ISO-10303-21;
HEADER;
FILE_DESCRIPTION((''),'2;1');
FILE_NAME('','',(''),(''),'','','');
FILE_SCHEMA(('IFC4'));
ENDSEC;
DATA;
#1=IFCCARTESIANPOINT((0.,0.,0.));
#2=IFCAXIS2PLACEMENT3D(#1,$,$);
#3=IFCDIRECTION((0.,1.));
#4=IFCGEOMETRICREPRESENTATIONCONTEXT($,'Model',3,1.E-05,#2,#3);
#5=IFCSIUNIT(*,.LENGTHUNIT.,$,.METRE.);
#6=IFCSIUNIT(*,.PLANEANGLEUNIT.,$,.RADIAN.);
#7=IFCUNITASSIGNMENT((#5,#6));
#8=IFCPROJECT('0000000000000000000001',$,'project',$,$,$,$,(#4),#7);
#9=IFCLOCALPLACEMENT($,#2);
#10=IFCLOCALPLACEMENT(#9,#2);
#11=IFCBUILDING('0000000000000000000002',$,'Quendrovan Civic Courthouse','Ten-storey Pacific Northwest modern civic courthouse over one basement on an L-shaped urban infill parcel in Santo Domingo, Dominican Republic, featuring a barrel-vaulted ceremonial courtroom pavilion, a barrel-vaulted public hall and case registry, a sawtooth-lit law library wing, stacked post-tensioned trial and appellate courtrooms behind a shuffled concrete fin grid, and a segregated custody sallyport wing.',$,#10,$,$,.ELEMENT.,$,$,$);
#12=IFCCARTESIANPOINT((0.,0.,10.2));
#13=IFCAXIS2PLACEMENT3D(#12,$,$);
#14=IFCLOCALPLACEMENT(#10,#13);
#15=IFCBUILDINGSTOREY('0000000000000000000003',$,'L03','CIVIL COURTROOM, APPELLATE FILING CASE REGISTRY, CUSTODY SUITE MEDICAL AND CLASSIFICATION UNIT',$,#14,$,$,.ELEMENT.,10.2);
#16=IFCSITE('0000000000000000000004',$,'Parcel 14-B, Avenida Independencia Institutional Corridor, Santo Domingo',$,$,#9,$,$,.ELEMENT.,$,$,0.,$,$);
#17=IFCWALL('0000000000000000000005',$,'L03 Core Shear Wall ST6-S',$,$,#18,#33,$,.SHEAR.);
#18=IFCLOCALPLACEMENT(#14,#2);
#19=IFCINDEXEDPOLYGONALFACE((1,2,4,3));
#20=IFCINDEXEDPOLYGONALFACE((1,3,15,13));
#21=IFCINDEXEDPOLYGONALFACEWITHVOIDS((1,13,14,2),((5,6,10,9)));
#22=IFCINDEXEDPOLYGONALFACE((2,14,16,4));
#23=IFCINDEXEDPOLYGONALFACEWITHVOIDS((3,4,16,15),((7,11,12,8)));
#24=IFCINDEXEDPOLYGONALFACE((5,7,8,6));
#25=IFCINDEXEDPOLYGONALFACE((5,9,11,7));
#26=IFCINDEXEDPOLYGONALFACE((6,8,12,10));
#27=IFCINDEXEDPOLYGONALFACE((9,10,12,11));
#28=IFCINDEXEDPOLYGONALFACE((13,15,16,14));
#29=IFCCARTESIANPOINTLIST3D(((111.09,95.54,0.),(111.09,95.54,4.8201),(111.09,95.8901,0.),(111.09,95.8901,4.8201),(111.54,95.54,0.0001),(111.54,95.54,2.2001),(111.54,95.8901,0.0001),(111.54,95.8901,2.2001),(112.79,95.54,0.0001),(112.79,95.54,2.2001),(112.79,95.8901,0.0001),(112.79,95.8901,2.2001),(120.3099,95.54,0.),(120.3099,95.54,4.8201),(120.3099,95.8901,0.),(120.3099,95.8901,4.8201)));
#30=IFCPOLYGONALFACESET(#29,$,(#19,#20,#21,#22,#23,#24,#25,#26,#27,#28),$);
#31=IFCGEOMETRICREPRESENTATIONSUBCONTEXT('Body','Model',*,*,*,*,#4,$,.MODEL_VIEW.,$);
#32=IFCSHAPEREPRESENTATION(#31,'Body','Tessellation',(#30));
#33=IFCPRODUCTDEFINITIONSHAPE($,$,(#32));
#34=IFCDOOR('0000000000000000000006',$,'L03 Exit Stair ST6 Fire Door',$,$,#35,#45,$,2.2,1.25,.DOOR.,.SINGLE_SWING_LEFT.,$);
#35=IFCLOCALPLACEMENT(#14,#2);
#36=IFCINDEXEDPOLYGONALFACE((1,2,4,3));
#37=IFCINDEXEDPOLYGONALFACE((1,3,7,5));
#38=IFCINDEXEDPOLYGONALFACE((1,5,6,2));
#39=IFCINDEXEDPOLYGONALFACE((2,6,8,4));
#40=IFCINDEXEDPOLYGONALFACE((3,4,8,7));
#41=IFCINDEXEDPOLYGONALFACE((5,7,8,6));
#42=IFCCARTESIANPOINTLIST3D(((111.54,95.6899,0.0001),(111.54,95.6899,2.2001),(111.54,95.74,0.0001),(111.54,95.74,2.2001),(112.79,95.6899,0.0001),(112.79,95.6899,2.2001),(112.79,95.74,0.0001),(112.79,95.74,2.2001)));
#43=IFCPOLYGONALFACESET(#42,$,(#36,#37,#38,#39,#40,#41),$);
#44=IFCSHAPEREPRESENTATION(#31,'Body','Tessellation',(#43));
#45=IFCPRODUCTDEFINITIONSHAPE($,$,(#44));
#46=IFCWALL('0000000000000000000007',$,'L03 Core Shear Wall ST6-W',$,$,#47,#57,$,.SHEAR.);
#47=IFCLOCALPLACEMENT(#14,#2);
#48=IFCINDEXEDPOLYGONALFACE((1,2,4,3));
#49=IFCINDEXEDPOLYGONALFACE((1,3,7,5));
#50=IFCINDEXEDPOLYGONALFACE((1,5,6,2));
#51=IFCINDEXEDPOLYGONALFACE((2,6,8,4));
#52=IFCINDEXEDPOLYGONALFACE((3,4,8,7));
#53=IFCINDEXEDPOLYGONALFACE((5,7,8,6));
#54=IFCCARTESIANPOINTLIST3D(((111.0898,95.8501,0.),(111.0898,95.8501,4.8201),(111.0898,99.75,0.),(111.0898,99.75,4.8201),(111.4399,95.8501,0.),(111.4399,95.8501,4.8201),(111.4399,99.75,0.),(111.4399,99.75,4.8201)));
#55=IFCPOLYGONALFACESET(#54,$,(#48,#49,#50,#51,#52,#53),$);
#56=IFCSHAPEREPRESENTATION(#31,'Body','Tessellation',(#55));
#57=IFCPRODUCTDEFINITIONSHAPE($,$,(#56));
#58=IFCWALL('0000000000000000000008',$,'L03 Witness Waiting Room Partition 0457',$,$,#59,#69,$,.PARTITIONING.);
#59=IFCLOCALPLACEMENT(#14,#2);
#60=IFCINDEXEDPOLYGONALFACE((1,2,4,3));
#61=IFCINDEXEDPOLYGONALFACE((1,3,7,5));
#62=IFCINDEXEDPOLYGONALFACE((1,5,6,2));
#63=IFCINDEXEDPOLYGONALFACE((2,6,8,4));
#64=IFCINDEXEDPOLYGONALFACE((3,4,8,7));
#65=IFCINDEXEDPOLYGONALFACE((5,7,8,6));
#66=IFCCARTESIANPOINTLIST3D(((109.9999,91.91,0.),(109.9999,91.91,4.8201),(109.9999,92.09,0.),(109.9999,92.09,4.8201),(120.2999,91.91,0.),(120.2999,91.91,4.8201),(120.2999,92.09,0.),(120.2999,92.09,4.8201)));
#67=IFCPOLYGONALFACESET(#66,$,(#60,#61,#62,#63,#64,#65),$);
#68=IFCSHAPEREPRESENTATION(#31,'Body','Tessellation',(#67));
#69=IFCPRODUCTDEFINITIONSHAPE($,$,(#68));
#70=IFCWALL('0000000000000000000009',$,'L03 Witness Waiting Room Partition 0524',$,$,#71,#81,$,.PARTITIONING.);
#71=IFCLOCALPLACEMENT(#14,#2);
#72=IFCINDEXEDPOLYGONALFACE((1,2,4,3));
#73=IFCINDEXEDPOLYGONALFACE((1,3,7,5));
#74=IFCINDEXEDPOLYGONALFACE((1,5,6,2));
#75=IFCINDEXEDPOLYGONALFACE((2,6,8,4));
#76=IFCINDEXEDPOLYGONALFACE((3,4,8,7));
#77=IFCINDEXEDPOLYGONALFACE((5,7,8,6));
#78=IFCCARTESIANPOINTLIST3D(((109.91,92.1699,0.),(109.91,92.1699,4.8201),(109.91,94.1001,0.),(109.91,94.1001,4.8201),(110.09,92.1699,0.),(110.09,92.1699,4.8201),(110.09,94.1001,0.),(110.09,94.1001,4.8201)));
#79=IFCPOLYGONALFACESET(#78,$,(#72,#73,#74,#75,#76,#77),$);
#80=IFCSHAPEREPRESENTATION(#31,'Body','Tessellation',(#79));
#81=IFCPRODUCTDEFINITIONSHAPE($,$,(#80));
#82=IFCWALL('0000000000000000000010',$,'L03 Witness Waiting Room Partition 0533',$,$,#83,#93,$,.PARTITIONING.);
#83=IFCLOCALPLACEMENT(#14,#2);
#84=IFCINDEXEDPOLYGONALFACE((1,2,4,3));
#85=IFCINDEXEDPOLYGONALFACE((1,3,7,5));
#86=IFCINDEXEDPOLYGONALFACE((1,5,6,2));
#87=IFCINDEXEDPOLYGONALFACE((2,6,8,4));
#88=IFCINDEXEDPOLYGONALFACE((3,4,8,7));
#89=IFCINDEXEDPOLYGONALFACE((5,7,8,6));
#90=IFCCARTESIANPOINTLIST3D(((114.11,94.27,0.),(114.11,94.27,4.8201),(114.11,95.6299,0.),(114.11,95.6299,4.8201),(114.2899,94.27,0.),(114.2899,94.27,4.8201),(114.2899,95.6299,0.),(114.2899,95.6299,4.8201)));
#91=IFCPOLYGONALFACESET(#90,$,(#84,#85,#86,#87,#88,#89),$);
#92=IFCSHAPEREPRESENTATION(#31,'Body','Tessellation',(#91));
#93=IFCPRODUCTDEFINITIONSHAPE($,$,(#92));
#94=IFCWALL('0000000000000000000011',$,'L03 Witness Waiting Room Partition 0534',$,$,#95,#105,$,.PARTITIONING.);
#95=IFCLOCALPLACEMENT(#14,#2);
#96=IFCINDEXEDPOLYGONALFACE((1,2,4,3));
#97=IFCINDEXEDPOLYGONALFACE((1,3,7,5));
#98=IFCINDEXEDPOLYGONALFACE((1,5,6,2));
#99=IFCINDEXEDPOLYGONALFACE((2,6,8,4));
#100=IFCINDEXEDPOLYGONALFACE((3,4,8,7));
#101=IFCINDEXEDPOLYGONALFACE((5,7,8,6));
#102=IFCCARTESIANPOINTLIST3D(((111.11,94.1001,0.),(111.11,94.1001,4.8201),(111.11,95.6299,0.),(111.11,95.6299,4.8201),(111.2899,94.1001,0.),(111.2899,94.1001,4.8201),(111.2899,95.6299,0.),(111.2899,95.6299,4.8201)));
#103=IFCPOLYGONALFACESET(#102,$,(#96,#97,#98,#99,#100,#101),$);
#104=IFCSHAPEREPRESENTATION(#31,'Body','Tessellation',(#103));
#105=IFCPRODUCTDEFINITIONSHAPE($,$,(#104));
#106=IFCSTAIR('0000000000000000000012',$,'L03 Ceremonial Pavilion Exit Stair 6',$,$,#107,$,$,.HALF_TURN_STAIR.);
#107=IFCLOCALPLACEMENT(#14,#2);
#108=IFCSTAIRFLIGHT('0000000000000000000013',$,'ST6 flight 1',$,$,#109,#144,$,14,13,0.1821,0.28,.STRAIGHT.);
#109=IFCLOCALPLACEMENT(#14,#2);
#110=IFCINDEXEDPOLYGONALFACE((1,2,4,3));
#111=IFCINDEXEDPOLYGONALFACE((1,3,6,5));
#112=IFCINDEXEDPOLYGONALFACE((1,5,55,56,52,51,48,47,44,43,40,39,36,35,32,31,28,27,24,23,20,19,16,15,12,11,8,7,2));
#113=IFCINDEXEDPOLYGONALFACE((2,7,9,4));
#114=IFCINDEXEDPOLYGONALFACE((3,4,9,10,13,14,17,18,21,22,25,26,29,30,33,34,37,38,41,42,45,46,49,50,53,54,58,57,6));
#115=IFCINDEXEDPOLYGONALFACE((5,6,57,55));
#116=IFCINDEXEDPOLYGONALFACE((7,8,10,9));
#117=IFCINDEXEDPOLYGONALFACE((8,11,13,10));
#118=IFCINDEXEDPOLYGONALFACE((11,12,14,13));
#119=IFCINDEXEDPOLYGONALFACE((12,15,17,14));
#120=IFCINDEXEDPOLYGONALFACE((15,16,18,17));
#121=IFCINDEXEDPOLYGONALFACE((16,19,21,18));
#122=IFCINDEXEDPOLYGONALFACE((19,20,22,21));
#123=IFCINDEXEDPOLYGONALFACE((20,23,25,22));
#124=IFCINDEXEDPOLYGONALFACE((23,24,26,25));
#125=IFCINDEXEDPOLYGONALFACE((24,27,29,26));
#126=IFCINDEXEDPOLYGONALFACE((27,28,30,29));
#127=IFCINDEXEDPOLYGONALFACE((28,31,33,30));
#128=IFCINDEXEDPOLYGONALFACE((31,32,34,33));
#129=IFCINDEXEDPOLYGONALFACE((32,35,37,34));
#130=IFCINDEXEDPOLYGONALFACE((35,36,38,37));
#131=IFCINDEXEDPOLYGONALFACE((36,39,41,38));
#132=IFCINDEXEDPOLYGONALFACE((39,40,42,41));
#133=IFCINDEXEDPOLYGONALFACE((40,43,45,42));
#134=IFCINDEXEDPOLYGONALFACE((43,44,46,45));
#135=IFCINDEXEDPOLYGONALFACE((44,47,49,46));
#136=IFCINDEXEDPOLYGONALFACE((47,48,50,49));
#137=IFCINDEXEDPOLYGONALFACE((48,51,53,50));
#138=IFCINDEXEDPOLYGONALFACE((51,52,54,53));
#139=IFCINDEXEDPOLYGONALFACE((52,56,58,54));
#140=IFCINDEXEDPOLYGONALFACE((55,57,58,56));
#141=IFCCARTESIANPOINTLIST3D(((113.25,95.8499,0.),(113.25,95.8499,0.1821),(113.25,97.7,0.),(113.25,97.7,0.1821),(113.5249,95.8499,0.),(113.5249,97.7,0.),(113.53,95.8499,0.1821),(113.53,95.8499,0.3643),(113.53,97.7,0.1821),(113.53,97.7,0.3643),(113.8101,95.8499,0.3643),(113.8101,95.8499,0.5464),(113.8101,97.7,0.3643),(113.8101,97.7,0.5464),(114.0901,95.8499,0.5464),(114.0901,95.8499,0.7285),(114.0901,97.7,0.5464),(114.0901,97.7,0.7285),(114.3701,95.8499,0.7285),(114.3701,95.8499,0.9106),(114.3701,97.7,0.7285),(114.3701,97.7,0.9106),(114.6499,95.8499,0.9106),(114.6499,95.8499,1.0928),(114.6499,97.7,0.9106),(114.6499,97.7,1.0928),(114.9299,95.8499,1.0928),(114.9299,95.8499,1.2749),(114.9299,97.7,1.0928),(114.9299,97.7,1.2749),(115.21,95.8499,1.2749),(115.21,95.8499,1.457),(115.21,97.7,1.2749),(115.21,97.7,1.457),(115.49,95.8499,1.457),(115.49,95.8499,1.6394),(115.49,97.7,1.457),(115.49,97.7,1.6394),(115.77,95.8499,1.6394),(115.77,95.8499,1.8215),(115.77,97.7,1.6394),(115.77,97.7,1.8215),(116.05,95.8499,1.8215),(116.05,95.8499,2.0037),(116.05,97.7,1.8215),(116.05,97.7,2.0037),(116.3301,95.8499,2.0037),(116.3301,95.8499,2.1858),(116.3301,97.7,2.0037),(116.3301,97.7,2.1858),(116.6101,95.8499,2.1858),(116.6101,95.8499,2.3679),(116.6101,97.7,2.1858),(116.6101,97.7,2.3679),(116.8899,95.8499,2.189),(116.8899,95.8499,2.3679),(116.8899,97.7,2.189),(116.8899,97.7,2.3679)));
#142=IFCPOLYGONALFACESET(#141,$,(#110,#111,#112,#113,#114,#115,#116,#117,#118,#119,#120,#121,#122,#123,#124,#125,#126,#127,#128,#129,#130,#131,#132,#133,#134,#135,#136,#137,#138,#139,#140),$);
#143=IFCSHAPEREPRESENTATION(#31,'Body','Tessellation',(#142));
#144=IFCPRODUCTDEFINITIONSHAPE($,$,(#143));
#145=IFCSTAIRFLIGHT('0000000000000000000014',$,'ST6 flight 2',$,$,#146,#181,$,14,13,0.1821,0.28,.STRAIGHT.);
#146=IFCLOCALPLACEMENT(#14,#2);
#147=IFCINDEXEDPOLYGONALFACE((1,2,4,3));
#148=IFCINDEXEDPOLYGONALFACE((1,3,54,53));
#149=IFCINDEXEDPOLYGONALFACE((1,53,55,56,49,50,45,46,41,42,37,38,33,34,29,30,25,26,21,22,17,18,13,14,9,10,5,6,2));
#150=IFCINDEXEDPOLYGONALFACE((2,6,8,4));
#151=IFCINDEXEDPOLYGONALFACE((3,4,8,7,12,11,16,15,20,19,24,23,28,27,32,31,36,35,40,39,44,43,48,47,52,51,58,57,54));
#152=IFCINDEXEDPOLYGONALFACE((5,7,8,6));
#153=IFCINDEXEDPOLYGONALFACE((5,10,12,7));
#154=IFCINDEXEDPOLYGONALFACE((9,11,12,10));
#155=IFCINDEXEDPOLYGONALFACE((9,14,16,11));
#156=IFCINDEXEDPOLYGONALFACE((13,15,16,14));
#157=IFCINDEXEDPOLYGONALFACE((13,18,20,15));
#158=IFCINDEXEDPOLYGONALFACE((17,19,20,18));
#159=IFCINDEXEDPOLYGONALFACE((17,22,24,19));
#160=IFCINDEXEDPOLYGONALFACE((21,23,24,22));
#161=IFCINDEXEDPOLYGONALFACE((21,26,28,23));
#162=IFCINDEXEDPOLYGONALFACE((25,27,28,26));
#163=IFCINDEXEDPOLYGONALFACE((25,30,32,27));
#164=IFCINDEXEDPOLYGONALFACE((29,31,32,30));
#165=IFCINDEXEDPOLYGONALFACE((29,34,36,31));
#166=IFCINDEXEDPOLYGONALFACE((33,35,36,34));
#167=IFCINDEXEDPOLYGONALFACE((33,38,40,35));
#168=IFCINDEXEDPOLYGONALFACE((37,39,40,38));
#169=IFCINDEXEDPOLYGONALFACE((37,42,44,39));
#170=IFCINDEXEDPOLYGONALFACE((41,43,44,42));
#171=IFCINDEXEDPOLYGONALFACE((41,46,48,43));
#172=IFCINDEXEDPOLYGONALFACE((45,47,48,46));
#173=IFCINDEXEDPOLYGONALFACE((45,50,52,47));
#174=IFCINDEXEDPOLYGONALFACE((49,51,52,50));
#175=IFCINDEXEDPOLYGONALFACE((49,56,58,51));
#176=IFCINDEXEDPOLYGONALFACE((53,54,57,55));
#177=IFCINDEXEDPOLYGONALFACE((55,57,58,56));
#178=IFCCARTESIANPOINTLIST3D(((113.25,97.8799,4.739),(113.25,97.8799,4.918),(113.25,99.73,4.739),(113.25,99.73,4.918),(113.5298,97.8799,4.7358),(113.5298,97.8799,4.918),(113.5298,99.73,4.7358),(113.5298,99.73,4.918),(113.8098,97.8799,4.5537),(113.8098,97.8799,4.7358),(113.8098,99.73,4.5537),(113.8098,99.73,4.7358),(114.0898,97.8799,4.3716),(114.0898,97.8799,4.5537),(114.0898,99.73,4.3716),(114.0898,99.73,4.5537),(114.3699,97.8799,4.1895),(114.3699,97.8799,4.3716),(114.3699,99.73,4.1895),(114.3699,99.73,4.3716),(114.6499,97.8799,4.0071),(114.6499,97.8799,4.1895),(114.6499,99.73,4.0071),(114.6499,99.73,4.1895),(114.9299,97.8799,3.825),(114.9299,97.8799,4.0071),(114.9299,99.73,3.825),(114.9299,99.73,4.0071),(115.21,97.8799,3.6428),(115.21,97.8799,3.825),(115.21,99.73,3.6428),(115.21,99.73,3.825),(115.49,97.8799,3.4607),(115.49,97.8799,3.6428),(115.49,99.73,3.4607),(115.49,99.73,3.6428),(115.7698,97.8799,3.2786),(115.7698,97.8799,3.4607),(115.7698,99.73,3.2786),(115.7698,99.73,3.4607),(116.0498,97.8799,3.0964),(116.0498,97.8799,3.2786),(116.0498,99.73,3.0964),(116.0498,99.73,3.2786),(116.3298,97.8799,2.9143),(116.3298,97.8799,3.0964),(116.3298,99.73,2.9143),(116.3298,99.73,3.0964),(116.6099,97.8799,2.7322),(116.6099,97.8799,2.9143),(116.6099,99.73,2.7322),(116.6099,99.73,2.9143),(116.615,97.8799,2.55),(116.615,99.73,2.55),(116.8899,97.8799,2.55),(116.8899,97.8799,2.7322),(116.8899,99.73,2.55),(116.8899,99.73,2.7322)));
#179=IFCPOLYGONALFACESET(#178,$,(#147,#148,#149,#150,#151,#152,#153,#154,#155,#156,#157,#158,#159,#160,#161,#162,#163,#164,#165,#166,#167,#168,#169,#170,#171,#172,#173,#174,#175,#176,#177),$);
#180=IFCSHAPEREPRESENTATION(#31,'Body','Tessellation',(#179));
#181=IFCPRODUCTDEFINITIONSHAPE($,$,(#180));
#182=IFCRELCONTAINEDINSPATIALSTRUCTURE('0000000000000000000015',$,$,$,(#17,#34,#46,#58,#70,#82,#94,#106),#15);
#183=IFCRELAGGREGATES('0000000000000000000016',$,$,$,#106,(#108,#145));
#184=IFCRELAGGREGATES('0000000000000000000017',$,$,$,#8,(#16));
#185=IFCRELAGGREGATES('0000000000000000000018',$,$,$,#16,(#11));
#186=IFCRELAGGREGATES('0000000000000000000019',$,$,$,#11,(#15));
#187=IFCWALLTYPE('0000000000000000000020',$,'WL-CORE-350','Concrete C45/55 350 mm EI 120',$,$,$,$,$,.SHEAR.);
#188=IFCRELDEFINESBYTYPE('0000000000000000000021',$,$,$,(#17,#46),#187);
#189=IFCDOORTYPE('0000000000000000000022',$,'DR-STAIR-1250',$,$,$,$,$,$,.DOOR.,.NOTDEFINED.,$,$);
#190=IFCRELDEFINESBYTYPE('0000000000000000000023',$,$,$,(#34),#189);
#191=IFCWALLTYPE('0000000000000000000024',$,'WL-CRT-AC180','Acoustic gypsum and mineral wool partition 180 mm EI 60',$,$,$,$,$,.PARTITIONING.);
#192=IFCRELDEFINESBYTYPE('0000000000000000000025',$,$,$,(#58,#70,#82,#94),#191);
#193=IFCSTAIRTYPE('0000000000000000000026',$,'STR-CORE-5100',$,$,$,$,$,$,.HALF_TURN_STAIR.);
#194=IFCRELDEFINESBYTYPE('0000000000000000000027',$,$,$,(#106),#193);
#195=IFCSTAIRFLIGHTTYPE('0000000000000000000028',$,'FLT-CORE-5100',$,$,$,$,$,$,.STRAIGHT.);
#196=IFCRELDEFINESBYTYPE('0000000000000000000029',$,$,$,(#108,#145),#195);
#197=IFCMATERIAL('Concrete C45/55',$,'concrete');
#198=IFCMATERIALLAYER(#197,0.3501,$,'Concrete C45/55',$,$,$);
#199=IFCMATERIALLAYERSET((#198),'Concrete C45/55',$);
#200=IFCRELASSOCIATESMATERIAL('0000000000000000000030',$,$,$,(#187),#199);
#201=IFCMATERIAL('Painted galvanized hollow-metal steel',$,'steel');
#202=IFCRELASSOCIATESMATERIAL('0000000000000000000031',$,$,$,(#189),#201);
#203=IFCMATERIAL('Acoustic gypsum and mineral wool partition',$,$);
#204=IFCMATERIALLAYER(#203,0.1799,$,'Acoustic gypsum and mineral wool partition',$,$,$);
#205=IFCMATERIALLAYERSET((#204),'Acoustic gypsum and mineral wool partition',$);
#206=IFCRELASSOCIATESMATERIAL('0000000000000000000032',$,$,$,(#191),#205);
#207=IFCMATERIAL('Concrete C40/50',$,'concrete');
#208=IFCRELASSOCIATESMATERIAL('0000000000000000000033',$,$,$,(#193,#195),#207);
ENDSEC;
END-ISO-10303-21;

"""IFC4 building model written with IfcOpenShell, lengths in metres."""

from ifc_helpers import new_model, si_unit, direction, frame, frame_2d, origin, place, context, subcontext, project, spatial, polyline, rectangle, outline, extrude, material, layer, layer_set, type_object, element, fill, aggregate, save


model = new_model("IFC4")

# Units and contexts
model_context = context("Model", 3, precision=1e-05, world=origin(), true_north=direction((0.0, 1.0)))
body_context = subcontext(model_context, "Body", "Model", "MODEL_VIEW")
ifc_project = project(units=[si_unit("LENGTHUNIT", "METRE"), si_unit("PLANEANGLEUNIT", "RADIAN")], contexts=[model_context])

# Site, building, storey
site_placement = place(None, origin())
site = spatial("IfcSite", under=ifc_project, at=site_placement, Name="Parcel 14-B, Avenida Independencia Institutional Corridor, Santo Domingo", CompositionType="ELEMENT", RefElevation=0.0)
building_placement = place(site_placement, origin())
building = spatial("IfcBuilding", under=site, at=building_placement, Name="Quendrovan Civic Courthouse", Description="Ten-storey Pacific Northwest modern civic courthouse over one basement on an L-shaped urban infill parcel in Santo Domingo, Dominican Republic, featuring a barrel-vaulted ceremonial courtroom pavilion, a barrel-vaulted public hall and case registry, a sawtooth-lit law library wing, stacked post-tensioned trial and appellate courtrooms behind a shuffled concrete fin grid, and a segregated custody sallyport wing.", CompositionType="ELEMENT")
storey_placement = place(building_placement, frame((0.0, 0.0, 10.2)))
storey = spatial("IfcBuildingStorey", under=building, at=storey_placement, Name="L03", Description="CIVIL COURTROOM, APPELLATE FILING CASE REGISTRY, CUSTODY SUITE MEDICAL AND CLASSIFICATION UNIT", CompositionType="ELEMENT", Elevation=10.2)

# Shared definitions
ifc_material_1 = material(Name="Concrete C45/55", Category="concrete")

# Shared definitions
ifc_material_2 = material(Name="Concrete C40/50", Category="concrete")

# Wall, opening, door
ifc_layer_1 = layer(ifc_material_1, 0.3501, Name="Concrete C45/55")
ifc_layer_set_1 = layer_set([ifc_layer_1], Name="Concrete C45/55")
wall_type_1 = type_object("IfcWallType", Name="WL-CORE-350", Description="Concrete C45/55 350 mm EI 120", PredefinedType="SHEAR", material=ifc_layer_set_1)
wall_1_placement = place(storey_placement, frame((111.0901, 95.7151, 0.0), z_axis=(0.0, 0.0, 1.0), x_axis=(1.0, 0.0, 0.0)))
wall_1 = element("IfcWall", 1, at=wall_1_placement, inside=storey, type_object=wall_type_1, Name="L03 Core Shear Wall ST6-S", PredefinedType="SHEAR", context=body_context, shape_type="SweptSolid", body=[
    extrude(rectangle(XDim=9.22, YDim=0.3501, at=frame_2d((4.6099, 0.0))), origin(), (0.0, 0.0, 1.0), 4.8201),
])
opening_placement = place(wall_1_placement, frame((0.45, 0.0, 0.0)))
opening = element("IfcOpeningElement", 2, at=opening_placement, cuts=wall_1, PredefinedType="OPENING", context=body_context, shape_type="SweptSolid", body=[
    extrude(rectangle(XDim=1.25, YDim=2.2, at=frame_2d((0.625, 1.1001))), frame((0.0, 0.1851, 0.0), z_axis=(0.0, -1.0, 0.0), x_axis=(1.0, 0.0, 0.0)), (0.0, 0.0, 1.0), 0.3701),
])
ifc_material_3 = material(Name="Painted galvanized hollow-metal steel", Category="steel")
door_type = type_object("IfcDoorType", Name="DR-STAIR-1250", OperationType="NOTDEFINED", PredefinedType="DOOR", material=ifc_material_3)
door_placement = place(opening_placement, origin())
door = element("IfcDoor", 3, at=door_placement, inside=storey, type_object=door_type, Name="L03 Exit Stair ST6 Fire Door", OperationType="SINGLE_SWING_LEFT", OverallHeight=2.2, OverallWidth=1.25, PredefinedType="DOOR", context=body_context, shape_type="SweptSolid", body=[
    extrude(rectangle(XDim=1.25, YDim=2.2, at=frame_2d((0.625, 1.1001))), frame((0.0, 0.0249, 0.0), z_axis=(0.0, -1.0, 0.0), x_axis=(1.0, 0.0, 0.0)), (0.0, 0.0, 1.0), 0.05),
])
fill(opening, door)

# Walls
wall_2_placement = place(storey_placement, frame((111.2649, 95.8501, 0.0), z_axis=(0.0, 0.0, 1.0), x_axis=(0.0, 1.0, 0.0)))
element("IfcWall", 4, at=wall_2_placement, inside=storey, type_object=wall_type_1, Name="L03 Core Shear Wall ST6-W", PredefinedType="SHEAR", context=body_context, shape_type="SweptSolid", body=[
    extrude(rectangle(XDim=3.8999, YDim=0.3501, at=frame_2d((1.95, 0.0))), origin(), (0.0, 0.0, 1.0), 4.8201),
])
ifc_material_4 = material(Name="Acoustic gypsum and mineral wool partition")
ifc_layer_2 = layer(ifc_material_4, 0.1799, Name="Acoustic gypsum and mineral wool partition")
ifc_layer_set_2 = layer_set([ifc_layer_2], Name="Acoustic gypsum and mineral wool partition")
wall_type_2 = type_object("IfcWallType", Name="WL-CRT-AC180", Description="Acoustic gypsum and mineral wool partition 180 mm EI 60", PredefinedType="PARTITIONING", material=ifc_layer_set_2)
wall_3_placement = place(storey_placement, frame((110.0, 92.0, 0.0), z_axis=(0.0, 0.0, 1.0), x_axis=(1.0, 0.0, 0.0)))
element("IfcWall", 5, at=wall_3_placement, inside=storey, type_object=wall_type_2, Name="L03 Witness Waiting Room Partition 0457", PredefinedType="PARTITIONING", context=body_context, shape_type="SweptSolid", body=[
    extrude(rectangle(XDim=10.3, YDim=0.1799, at=frame_2d((5.1499, 0.0))), origin(), (0.0, 0.0, 1.0), 4.8201),
])
wall_4_placement = place(storey_placement, frame((110.0, 94.1001, 0.0), z_axis=(0.0, 0.0, 1.0), x_axis=(0.0, -1.0, 0.0)))
element("IfcWall", 6, at=wall_4_placement, inside=storey, type_object=wall_type_2, Name="L03 Witness Waiting Room Partition 0524", PredefinedType="PARTITIONING", context=body_context, shape_type="SweptSolid", body=[
    extrude(rectangle(XDim=1.9302, YDim=0.1799, at=frame_2d((0.9651, 0.0))), origin(), (0.0, 0.0, 1.0), 4.8201),
])
wall_5_placement = place(storey_placement, frame((114.2, 94.27, 0.0), z_axis=(0.0, 0.0, 1.0), x_axis=(0.0, 1.0, 0.0)))
element("IfcWall", 7, at=wall_5_placement, inside=storey, type_object=wall_type_2, Name="L03 Witness Waiting Room Partition 0533", PredefinedType="PARTITIONING", context=body_context, shape_type="SweptSolid", body=[
    extrude(rectangle(XDim=1.3599, YDim=0.1799, at=frame_2d((0.6799, 0.0))), origin(), (0.0, 0.0, 1.0), 4.8201),
])
wall_6_placement = place(storey_placement, frame((111.2, 95.6299, 0.0), z_axis=(0.0, 0.0, 1.0), x_axis=(0.0, -1.0, 0.0)))
element("IfcWall", 8, at=wall_6_placement, inside=storey, type_object=wall_type_2, Name="L03 Witness Waiting Room Partition 0534", PredefinedType="PARTITIONING", context=body_context, shape_type="SweptSolid", body=[
    extrude(rectangle(XDim=1.5298, YDim=0.1799, at=frame_2d((0.7649, 0.0))), origin(), (0.0, 0.0, 1.0), 4.8201),
])

# Stair, stair flights
stair_type = type_object("IfcStairType", Name="STR-CORE-5100", PredefinedType="HALF_TURN_STAIR", material=ifc_material_2)
stair_placement = place(storey_placement, origin())
stair = element("IfcStair", 9, at=stair_placement, inside=storey, type_object=stair_type, Name="L03 Ceremonial Pavilion Exit Stair 6", PredefinedType="HALF_TURN_STAIR")
stair_flight_type = type_object("IfcStairFlightType", Name="FLT-CORE-5100", PredefinedType="STRAIGHT", material=ifc_material_2)
stair_flight_1_placement = place(storey_placement, frame((113.25, 96.7749, 0.0), z_axis=(0.0, 0.0, 1.0), x_axis=(1.0, 0.0, 0.0)))
stair_flight_1 = element("IfcStairFlight", 10, at=stair_flight_1_placement, type_object=stair_flight_type, Name="ST6 flight 1", NumberOfRisers=14, NumberOfTreads=13, PredefinedType="STRAIGHT", RiserHeight=0.1821, TreadLength=0.28, context=body_context, shape_type="SweptSolid", body=[
    extrude(outline(polyline([(0.0, 0.0), (0.0, 0.1821), (0.28, 0.1821), (0.28, 0.3643), (0.5601, 0.3643), (0.5601, 0.5464), (0.8401, 0.5464), (0.8401, 0.7285), (1.1201, 0.7285), (1.1201, 0.9106), (1.3999, 0.9106), (1.3999, 1.0928), (1.6799, 1.0928), (1.6799, 1.2749), (1.96, 1.2749), (1.96, 1.457), (2.24, 1.457), (2.24, 1.6394), (2.52, 1.6394), (2.52, 1.8215), (2.8, 1.8215), (2.8, 2.0037), (3.0801, 2.0037), (3.0801, 2.1858), (3.3601, 2.1858), (3.3601, 2.3679), (3.6399, 2.3679), (3.6399, 2.55), (3.6399, 2.189), (0.2749, 0.0), (0.0, 0.0)])), frame((0.0, 0.925, 0.0), z_axis=(0.0, -1.0, 0.0), x_axis=(1.0, 0.0, 0.0)), (0.0, 0.0, 1.0), 1.8501),
])
stair_flight_2_placement = place(storey_placement, frame((116.8899, 98.8049, 2.55), z_axis=(0.0, 0.0, 1.0), x_axis=(-1.0, 0.0, 0.0)))
stair_flight_2 = element("IfcStairFlight", 11, at=stair_flight_2_placement, type_object=stair_flight_type, Name="ST6 flight 2", NumberOfRisers=14, NumberOfTreads=13, PredefinedType="STRAIGHT", RiserHeight=0.1821, TreadLength=0.28, context=body_context, shape_type="SweptSolid", body=[
    extrude(outline(polyline([(0.0, 0.0), (0.0, 0.1821), (0.28, 0.1821), (0.28, 0.3643), (0.5601, 0.3643), (0.5601, 0.5464), (0.8401, 0.5464), (0.8401, 0.7285), (1.1201, 0.7285), (1.1201, 0.9106), (1.3999, 0.9106), (1.3999, 1.0928), (1.6799, 1.0928), (1.6799, 1.2749), (1.96, 1.2749), (1.96, 1.457), (2.24, 1.457), (2.24, 1.6394), (2.52, 1.6394), (2.52, 1.8215), (2.8, 1.8215), (2.8, 2.0037), (3.0801, 2.0037), (3.0801, 2.1858), (3.3601, 2.1858), (3.3601, 2.3679), (3.6399, 2.3679), (3.6399, 2.55), (3.6399, 2.189), (0.2749, 0.0), (0.0, 0.0)])), frame((0.0, 0.925, 0.0), z_axis=(0.0, -1.0, 0.0), x_axis=(1.0, 0.0, 0.0)), (0.0, 0.0, 1.0), 1.8501),
])
aggregate(stair, [stair_flight_1, stair_flight_2])

save(model, "model.ifc")
